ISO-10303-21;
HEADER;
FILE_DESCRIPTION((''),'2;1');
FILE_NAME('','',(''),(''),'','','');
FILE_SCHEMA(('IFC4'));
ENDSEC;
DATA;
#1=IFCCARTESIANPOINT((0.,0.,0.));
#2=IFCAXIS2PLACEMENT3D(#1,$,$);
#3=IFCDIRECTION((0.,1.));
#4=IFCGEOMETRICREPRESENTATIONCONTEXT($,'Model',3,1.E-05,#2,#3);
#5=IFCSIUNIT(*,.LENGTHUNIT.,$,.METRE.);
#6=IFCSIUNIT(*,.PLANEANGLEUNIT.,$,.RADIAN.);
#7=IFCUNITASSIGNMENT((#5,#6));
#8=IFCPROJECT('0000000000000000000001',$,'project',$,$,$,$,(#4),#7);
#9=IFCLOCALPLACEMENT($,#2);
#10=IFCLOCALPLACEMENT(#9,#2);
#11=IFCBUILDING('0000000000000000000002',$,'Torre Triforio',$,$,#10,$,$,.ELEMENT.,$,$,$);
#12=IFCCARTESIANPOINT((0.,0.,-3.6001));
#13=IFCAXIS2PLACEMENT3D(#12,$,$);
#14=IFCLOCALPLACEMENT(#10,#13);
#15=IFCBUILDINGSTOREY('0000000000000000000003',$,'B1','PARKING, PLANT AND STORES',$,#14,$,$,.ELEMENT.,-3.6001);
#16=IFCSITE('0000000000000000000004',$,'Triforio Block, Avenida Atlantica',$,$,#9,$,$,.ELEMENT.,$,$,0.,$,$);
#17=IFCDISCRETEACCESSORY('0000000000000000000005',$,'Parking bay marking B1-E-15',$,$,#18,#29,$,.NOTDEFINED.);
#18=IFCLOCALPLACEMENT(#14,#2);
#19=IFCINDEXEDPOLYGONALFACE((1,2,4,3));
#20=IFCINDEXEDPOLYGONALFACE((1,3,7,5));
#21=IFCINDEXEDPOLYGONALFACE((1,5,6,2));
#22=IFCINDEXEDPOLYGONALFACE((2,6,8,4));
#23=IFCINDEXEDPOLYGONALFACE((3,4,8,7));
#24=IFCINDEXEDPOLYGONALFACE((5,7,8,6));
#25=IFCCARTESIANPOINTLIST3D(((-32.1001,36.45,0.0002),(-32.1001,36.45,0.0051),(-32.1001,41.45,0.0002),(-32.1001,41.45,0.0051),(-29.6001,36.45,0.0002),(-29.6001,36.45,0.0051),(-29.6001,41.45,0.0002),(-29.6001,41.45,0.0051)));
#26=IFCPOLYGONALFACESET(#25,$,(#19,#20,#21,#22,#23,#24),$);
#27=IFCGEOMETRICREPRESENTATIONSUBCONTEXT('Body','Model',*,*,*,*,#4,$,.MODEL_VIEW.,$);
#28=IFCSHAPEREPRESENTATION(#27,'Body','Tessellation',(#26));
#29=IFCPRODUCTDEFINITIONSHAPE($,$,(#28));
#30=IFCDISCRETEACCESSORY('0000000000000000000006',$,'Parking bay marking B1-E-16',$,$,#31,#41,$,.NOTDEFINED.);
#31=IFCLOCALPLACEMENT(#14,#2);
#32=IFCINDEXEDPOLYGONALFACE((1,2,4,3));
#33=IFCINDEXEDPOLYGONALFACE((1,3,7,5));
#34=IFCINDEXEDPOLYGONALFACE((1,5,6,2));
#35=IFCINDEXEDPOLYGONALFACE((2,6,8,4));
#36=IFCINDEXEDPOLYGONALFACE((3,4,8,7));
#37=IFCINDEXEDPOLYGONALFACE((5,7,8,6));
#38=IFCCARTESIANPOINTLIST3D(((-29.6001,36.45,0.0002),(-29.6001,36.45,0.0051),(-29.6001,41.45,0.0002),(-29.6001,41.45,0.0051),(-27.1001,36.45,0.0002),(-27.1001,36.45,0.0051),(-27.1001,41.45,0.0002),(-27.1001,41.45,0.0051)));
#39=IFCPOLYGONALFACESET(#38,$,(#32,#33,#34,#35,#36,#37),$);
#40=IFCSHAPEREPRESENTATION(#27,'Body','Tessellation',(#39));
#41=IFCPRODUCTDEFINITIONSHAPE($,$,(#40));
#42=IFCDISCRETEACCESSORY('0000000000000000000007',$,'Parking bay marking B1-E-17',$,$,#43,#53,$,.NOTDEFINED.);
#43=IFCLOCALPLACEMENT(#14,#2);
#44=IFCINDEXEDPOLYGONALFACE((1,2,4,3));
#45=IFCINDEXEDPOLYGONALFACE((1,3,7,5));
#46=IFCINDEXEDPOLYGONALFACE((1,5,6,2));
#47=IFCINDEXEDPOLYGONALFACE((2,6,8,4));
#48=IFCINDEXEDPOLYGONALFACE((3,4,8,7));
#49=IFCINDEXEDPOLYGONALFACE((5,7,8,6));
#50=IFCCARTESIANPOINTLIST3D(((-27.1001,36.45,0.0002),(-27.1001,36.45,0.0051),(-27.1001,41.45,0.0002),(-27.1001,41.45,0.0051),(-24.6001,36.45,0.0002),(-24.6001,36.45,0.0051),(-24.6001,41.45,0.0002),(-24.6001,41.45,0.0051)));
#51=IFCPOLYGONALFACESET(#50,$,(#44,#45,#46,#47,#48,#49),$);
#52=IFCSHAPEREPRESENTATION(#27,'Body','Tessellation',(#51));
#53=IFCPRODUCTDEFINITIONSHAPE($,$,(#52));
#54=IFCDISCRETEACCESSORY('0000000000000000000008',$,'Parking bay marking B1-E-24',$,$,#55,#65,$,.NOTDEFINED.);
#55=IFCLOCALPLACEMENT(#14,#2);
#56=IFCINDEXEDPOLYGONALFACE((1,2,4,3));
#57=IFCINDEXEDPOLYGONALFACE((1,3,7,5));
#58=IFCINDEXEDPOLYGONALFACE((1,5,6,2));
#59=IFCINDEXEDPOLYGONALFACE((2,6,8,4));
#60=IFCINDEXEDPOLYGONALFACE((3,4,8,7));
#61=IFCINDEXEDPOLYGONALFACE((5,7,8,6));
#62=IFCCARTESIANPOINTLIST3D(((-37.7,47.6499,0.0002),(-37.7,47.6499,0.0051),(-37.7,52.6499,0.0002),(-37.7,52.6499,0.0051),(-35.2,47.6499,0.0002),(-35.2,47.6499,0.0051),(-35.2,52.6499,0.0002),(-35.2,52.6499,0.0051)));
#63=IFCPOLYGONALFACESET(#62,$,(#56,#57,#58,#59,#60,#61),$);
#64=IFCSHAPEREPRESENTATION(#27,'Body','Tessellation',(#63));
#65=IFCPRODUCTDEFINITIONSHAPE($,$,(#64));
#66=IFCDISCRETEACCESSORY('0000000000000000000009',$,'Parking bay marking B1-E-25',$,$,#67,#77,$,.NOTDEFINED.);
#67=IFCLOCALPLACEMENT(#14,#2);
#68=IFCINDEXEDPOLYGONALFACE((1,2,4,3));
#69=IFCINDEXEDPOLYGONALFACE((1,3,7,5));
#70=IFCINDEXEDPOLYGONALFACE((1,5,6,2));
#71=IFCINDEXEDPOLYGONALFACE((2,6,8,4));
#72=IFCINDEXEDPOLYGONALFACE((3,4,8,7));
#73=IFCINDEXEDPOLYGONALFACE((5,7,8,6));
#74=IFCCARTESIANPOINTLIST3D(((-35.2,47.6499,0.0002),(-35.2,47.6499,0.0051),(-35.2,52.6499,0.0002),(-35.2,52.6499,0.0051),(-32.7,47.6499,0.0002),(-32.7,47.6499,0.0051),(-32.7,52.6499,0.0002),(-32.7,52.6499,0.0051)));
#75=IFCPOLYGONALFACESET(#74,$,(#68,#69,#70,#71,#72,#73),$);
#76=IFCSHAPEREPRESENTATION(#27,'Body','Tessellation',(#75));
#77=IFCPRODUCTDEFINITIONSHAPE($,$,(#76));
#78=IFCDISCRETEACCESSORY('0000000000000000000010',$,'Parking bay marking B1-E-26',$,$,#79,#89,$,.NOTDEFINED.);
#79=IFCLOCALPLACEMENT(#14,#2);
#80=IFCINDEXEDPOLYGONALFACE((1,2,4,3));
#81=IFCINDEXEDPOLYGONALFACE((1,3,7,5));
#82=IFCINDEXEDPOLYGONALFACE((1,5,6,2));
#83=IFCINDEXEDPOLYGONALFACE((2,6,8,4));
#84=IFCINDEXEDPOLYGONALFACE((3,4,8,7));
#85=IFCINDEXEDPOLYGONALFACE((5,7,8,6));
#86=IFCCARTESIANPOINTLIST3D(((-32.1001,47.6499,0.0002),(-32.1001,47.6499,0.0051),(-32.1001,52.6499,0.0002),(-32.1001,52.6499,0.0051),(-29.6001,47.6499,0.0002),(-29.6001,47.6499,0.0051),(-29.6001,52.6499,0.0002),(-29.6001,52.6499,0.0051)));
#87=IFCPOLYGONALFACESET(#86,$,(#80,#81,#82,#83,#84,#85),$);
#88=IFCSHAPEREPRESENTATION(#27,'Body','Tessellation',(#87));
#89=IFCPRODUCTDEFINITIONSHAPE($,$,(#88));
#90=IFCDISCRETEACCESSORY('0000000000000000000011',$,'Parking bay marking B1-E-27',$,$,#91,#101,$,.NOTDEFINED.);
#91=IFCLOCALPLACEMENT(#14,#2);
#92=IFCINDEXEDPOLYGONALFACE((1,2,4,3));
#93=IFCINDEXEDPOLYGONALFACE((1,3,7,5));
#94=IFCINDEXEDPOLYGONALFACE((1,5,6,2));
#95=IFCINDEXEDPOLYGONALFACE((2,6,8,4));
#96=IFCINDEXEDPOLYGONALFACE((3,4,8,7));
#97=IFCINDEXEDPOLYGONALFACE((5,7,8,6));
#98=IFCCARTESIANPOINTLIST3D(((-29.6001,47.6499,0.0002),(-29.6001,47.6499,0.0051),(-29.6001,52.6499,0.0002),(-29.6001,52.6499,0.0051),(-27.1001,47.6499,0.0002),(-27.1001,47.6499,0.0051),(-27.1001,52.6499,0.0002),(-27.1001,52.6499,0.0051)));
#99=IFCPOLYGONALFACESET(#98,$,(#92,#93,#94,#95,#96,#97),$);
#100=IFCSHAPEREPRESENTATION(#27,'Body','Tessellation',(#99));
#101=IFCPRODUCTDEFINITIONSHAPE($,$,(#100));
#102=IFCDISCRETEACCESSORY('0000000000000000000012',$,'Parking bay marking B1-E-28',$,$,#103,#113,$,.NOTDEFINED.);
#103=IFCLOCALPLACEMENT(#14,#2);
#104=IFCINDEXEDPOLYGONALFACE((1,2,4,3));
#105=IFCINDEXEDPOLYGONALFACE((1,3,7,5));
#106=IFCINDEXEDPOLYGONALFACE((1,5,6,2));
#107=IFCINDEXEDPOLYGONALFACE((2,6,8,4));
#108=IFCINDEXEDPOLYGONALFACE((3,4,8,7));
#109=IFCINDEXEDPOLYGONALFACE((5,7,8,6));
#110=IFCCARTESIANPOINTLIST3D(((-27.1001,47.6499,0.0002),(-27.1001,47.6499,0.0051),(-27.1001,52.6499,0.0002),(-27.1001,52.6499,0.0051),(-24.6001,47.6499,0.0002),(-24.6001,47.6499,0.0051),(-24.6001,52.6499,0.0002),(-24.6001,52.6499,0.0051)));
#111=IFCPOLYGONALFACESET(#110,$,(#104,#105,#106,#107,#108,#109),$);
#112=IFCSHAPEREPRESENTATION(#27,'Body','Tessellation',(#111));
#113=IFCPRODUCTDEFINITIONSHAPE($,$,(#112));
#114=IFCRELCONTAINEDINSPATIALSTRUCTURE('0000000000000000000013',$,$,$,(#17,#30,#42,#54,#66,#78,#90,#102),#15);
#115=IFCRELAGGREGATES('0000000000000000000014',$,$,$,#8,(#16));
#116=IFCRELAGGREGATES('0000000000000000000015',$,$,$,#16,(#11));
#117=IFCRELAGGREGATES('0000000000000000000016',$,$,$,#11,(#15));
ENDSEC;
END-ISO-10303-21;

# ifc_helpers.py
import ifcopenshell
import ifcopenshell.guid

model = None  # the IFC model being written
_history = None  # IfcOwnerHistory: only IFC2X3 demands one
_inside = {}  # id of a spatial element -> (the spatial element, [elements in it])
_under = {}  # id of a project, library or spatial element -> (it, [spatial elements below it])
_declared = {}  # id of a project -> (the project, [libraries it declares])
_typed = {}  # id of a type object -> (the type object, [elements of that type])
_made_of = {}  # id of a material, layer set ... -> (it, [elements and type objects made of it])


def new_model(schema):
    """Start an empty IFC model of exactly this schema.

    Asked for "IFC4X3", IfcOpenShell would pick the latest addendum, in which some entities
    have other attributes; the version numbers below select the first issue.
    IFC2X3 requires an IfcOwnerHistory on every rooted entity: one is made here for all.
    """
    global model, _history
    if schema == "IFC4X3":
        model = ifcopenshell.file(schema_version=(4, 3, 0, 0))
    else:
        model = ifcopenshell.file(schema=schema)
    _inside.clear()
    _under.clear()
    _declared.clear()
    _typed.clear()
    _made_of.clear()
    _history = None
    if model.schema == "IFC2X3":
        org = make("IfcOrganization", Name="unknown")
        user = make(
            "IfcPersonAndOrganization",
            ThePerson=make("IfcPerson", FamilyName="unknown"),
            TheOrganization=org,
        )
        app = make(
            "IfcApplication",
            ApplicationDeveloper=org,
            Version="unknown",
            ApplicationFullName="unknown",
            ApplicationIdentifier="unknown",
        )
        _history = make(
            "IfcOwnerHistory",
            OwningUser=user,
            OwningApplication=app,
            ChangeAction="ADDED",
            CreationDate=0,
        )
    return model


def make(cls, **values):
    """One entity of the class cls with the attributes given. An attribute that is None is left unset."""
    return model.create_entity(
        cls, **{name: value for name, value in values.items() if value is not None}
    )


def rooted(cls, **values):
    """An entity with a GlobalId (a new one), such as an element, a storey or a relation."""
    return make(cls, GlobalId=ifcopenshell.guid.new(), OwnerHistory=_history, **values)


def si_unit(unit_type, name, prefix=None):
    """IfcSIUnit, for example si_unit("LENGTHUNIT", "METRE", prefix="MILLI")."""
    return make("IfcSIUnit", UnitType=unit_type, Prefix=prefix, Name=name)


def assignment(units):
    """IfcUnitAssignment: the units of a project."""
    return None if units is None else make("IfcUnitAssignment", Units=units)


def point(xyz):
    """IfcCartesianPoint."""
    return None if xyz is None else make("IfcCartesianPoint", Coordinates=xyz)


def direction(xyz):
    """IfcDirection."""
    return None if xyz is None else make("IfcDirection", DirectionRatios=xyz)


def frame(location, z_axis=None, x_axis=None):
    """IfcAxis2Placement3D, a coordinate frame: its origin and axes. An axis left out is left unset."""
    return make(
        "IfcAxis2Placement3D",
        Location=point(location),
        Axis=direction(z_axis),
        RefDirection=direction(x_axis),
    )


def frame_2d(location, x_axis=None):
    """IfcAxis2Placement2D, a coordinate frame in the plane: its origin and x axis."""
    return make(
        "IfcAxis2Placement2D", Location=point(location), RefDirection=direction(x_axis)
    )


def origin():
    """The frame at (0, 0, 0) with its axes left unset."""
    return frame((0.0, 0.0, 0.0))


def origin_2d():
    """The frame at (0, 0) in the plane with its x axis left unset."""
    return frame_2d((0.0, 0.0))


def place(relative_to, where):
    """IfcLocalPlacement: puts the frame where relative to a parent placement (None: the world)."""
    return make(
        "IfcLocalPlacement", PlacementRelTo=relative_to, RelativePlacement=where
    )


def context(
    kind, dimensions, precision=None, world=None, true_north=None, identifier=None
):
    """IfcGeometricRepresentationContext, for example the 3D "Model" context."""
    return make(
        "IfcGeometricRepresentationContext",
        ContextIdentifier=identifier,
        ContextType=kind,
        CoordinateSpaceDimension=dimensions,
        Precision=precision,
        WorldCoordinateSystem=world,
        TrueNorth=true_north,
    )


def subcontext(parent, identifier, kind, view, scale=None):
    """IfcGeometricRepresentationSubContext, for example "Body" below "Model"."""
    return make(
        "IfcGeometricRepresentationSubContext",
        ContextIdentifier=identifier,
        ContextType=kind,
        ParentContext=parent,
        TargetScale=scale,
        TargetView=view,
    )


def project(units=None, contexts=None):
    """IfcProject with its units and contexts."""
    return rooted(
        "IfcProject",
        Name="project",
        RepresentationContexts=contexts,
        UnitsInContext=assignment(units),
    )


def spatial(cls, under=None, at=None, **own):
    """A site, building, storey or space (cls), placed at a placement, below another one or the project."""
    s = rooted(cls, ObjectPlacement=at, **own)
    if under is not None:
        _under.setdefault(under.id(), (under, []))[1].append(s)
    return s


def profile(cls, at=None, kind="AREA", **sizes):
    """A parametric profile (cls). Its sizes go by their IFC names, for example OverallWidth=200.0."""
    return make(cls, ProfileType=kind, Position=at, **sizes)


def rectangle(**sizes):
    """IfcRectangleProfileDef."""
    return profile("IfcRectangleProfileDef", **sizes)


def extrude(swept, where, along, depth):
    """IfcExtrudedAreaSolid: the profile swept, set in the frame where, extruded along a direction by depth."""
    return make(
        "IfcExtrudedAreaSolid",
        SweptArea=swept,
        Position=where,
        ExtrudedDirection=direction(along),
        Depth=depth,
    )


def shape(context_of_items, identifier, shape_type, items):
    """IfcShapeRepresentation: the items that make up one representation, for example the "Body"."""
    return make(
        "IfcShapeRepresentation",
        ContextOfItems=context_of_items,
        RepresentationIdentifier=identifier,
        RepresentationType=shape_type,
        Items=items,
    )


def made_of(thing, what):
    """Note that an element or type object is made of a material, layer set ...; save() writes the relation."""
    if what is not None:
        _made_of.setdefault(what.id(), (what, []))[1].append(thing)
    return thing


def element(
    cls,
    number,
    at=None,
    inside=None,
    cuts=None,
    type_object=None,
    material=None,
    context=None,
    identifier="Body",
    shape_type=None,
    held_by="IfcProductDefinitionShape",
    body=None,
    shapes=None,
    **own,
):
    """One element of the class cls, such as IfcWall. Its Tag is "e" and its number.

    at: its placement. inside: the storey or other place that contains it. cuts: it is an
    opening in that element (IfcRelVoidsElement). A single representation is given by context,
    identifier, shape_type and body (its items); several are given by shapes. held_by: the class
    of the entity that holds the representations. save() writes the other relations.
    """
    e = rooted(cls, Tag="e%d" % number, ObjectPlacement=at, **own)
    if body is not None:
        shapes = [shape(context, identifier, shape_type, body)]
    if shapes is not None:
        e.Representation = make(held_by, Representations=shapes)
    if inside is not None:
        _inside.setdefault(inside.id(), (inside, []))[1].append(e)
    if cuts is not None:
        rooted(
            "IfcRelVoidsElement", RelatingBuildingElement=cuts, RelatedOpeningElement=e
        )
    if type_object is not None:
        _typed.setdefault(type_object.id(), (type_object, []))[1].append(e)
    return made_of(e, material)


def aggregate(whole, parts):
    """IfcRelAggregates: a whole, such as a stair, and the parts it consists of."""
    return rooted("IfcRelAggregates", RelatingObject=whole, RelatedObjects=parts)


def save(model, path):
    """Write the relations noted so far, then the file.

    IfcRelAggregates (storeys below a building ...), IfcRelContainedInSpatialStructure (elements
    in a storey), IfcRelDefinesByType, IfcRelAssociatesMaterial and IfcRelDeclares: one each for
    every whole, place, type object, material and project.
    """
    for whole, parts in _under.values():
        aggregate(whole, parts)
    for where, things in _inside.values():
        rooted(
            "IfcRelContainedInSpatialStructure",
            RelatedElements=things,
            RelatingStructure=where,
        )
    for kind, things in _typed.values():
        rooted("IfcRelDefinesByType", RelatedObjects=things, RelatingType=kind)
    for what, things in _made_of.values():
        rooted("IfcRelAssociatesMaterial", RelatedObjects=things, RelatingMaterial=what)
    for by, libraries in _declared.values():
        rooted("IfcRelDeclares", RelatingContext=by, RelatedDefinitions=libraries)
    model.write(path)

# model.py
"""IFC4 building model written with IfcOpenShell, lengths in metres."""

from ifc_helpers import new_model, si_unit, direction, frame, origin, origin_2d, place, context, subcontext, project, spatial, rectangle, extrude, element, save


model = new_model("IFC4")

# Units and contexts
model_context = context("Model", 3, precision=1e-05, world=origin(), true_north=direction((0.0, 1.0)))
body_context = subcontext(model_context, "Body", "Model", "MODEL_VIEW")
ifc_project = project(units=[si_unit("LENGTHUNIT", "METRE"), si_unit("PLANEANGLEUNIT", "RADIAN")], contexts=[model_context])

# Site, building, storey
site_placement = place(None, origin())
site = spatial("IfcSite", under=ifc_project, at=site_placement, Name="Triforio Block, Avenida Atlantica", CompositionType="ELEMENT", RefElevation=0.0)
building_placement = place(site_placement, origin())
building = spatial("IfcBuilding", under=site, at=building_placement, Name="Torre Triforio", CompositionType="ELEMENT")
storey_placement = place(building_placement, frame((0.0, 0.0, -3.6001)))
storey = spatial("IfcBuildingStorey", under=building, at=storey_placement, Name="B1", Description="PARKING, PLANT AND STORES", CompositionType="ELEMENT", Elevation=-3.6001)

# Discrete accessories
for number, where, z_axis, x_axis, name in (
    (1, (-30.8501, 38.95, 0.0002), (0.0, 0.0, 1.0), (1.0, 0.0, 0.0), "Parking bay marking B1-E-15"),
    (2, (-28.3501, 38.95, 0.0002), (0.0, 0.0, 1.0), (1.0, 0.0, 0.0), "Parking bay marking B1-E-16"),
    (3, (-25.8501, 38.95, 0.0002), (0.0, 0.0, 1.0), (1.0, 0.0, 0.0), "Parking bay marking B1-E-17"),
    (4, (-36.45, 50.1499, 0.0002), (0.0, 0.0, 1.0), (1.0, 0.0, 0.0), "Parking bay marking B1-E-24"),
    (5, (-33.95, 50.1499, 0.0002), (0.0, 0.0, 1.0), (1.0, 0.0, 0.0), "Parking bay marking B1-E-25"),
    (6, (-30.8501, 50.1499, 0.0002), (0.0, 0.0, 1.0), (1.0, 0.0, 0.0), "Parking bay marking B1-E-26"),
    (7, (-28.3501, 50.1499, 0.0002), (0.0, 0.0, 1.0), (1.0, 0.0, 0.0), "Parking bay marking B1-E-27"),
    (8, (-25.8501, 50.1499, 0.0002), (0.0, 0.0, 1.0), (1.0, 0.0, 0.0), "Parking bay marking B1-E-28"),
):
    element("IfcDiscreteAccessory", number, at=place(storey_placement, frame(where, z_axis=z_axis, x_axis=x_axis)), inside=storey, Name=name, PredefinedType="NOTDEFINED", context=body_context, shape_type="SweptSolid", body=[
        extrude(rectangle(XDim=2.5, YDim=5.0, at=origin_2d()), origin(), (0.0, 0.0, 1.0), 0.0049),
    ])

save(model, "model.ifc")
